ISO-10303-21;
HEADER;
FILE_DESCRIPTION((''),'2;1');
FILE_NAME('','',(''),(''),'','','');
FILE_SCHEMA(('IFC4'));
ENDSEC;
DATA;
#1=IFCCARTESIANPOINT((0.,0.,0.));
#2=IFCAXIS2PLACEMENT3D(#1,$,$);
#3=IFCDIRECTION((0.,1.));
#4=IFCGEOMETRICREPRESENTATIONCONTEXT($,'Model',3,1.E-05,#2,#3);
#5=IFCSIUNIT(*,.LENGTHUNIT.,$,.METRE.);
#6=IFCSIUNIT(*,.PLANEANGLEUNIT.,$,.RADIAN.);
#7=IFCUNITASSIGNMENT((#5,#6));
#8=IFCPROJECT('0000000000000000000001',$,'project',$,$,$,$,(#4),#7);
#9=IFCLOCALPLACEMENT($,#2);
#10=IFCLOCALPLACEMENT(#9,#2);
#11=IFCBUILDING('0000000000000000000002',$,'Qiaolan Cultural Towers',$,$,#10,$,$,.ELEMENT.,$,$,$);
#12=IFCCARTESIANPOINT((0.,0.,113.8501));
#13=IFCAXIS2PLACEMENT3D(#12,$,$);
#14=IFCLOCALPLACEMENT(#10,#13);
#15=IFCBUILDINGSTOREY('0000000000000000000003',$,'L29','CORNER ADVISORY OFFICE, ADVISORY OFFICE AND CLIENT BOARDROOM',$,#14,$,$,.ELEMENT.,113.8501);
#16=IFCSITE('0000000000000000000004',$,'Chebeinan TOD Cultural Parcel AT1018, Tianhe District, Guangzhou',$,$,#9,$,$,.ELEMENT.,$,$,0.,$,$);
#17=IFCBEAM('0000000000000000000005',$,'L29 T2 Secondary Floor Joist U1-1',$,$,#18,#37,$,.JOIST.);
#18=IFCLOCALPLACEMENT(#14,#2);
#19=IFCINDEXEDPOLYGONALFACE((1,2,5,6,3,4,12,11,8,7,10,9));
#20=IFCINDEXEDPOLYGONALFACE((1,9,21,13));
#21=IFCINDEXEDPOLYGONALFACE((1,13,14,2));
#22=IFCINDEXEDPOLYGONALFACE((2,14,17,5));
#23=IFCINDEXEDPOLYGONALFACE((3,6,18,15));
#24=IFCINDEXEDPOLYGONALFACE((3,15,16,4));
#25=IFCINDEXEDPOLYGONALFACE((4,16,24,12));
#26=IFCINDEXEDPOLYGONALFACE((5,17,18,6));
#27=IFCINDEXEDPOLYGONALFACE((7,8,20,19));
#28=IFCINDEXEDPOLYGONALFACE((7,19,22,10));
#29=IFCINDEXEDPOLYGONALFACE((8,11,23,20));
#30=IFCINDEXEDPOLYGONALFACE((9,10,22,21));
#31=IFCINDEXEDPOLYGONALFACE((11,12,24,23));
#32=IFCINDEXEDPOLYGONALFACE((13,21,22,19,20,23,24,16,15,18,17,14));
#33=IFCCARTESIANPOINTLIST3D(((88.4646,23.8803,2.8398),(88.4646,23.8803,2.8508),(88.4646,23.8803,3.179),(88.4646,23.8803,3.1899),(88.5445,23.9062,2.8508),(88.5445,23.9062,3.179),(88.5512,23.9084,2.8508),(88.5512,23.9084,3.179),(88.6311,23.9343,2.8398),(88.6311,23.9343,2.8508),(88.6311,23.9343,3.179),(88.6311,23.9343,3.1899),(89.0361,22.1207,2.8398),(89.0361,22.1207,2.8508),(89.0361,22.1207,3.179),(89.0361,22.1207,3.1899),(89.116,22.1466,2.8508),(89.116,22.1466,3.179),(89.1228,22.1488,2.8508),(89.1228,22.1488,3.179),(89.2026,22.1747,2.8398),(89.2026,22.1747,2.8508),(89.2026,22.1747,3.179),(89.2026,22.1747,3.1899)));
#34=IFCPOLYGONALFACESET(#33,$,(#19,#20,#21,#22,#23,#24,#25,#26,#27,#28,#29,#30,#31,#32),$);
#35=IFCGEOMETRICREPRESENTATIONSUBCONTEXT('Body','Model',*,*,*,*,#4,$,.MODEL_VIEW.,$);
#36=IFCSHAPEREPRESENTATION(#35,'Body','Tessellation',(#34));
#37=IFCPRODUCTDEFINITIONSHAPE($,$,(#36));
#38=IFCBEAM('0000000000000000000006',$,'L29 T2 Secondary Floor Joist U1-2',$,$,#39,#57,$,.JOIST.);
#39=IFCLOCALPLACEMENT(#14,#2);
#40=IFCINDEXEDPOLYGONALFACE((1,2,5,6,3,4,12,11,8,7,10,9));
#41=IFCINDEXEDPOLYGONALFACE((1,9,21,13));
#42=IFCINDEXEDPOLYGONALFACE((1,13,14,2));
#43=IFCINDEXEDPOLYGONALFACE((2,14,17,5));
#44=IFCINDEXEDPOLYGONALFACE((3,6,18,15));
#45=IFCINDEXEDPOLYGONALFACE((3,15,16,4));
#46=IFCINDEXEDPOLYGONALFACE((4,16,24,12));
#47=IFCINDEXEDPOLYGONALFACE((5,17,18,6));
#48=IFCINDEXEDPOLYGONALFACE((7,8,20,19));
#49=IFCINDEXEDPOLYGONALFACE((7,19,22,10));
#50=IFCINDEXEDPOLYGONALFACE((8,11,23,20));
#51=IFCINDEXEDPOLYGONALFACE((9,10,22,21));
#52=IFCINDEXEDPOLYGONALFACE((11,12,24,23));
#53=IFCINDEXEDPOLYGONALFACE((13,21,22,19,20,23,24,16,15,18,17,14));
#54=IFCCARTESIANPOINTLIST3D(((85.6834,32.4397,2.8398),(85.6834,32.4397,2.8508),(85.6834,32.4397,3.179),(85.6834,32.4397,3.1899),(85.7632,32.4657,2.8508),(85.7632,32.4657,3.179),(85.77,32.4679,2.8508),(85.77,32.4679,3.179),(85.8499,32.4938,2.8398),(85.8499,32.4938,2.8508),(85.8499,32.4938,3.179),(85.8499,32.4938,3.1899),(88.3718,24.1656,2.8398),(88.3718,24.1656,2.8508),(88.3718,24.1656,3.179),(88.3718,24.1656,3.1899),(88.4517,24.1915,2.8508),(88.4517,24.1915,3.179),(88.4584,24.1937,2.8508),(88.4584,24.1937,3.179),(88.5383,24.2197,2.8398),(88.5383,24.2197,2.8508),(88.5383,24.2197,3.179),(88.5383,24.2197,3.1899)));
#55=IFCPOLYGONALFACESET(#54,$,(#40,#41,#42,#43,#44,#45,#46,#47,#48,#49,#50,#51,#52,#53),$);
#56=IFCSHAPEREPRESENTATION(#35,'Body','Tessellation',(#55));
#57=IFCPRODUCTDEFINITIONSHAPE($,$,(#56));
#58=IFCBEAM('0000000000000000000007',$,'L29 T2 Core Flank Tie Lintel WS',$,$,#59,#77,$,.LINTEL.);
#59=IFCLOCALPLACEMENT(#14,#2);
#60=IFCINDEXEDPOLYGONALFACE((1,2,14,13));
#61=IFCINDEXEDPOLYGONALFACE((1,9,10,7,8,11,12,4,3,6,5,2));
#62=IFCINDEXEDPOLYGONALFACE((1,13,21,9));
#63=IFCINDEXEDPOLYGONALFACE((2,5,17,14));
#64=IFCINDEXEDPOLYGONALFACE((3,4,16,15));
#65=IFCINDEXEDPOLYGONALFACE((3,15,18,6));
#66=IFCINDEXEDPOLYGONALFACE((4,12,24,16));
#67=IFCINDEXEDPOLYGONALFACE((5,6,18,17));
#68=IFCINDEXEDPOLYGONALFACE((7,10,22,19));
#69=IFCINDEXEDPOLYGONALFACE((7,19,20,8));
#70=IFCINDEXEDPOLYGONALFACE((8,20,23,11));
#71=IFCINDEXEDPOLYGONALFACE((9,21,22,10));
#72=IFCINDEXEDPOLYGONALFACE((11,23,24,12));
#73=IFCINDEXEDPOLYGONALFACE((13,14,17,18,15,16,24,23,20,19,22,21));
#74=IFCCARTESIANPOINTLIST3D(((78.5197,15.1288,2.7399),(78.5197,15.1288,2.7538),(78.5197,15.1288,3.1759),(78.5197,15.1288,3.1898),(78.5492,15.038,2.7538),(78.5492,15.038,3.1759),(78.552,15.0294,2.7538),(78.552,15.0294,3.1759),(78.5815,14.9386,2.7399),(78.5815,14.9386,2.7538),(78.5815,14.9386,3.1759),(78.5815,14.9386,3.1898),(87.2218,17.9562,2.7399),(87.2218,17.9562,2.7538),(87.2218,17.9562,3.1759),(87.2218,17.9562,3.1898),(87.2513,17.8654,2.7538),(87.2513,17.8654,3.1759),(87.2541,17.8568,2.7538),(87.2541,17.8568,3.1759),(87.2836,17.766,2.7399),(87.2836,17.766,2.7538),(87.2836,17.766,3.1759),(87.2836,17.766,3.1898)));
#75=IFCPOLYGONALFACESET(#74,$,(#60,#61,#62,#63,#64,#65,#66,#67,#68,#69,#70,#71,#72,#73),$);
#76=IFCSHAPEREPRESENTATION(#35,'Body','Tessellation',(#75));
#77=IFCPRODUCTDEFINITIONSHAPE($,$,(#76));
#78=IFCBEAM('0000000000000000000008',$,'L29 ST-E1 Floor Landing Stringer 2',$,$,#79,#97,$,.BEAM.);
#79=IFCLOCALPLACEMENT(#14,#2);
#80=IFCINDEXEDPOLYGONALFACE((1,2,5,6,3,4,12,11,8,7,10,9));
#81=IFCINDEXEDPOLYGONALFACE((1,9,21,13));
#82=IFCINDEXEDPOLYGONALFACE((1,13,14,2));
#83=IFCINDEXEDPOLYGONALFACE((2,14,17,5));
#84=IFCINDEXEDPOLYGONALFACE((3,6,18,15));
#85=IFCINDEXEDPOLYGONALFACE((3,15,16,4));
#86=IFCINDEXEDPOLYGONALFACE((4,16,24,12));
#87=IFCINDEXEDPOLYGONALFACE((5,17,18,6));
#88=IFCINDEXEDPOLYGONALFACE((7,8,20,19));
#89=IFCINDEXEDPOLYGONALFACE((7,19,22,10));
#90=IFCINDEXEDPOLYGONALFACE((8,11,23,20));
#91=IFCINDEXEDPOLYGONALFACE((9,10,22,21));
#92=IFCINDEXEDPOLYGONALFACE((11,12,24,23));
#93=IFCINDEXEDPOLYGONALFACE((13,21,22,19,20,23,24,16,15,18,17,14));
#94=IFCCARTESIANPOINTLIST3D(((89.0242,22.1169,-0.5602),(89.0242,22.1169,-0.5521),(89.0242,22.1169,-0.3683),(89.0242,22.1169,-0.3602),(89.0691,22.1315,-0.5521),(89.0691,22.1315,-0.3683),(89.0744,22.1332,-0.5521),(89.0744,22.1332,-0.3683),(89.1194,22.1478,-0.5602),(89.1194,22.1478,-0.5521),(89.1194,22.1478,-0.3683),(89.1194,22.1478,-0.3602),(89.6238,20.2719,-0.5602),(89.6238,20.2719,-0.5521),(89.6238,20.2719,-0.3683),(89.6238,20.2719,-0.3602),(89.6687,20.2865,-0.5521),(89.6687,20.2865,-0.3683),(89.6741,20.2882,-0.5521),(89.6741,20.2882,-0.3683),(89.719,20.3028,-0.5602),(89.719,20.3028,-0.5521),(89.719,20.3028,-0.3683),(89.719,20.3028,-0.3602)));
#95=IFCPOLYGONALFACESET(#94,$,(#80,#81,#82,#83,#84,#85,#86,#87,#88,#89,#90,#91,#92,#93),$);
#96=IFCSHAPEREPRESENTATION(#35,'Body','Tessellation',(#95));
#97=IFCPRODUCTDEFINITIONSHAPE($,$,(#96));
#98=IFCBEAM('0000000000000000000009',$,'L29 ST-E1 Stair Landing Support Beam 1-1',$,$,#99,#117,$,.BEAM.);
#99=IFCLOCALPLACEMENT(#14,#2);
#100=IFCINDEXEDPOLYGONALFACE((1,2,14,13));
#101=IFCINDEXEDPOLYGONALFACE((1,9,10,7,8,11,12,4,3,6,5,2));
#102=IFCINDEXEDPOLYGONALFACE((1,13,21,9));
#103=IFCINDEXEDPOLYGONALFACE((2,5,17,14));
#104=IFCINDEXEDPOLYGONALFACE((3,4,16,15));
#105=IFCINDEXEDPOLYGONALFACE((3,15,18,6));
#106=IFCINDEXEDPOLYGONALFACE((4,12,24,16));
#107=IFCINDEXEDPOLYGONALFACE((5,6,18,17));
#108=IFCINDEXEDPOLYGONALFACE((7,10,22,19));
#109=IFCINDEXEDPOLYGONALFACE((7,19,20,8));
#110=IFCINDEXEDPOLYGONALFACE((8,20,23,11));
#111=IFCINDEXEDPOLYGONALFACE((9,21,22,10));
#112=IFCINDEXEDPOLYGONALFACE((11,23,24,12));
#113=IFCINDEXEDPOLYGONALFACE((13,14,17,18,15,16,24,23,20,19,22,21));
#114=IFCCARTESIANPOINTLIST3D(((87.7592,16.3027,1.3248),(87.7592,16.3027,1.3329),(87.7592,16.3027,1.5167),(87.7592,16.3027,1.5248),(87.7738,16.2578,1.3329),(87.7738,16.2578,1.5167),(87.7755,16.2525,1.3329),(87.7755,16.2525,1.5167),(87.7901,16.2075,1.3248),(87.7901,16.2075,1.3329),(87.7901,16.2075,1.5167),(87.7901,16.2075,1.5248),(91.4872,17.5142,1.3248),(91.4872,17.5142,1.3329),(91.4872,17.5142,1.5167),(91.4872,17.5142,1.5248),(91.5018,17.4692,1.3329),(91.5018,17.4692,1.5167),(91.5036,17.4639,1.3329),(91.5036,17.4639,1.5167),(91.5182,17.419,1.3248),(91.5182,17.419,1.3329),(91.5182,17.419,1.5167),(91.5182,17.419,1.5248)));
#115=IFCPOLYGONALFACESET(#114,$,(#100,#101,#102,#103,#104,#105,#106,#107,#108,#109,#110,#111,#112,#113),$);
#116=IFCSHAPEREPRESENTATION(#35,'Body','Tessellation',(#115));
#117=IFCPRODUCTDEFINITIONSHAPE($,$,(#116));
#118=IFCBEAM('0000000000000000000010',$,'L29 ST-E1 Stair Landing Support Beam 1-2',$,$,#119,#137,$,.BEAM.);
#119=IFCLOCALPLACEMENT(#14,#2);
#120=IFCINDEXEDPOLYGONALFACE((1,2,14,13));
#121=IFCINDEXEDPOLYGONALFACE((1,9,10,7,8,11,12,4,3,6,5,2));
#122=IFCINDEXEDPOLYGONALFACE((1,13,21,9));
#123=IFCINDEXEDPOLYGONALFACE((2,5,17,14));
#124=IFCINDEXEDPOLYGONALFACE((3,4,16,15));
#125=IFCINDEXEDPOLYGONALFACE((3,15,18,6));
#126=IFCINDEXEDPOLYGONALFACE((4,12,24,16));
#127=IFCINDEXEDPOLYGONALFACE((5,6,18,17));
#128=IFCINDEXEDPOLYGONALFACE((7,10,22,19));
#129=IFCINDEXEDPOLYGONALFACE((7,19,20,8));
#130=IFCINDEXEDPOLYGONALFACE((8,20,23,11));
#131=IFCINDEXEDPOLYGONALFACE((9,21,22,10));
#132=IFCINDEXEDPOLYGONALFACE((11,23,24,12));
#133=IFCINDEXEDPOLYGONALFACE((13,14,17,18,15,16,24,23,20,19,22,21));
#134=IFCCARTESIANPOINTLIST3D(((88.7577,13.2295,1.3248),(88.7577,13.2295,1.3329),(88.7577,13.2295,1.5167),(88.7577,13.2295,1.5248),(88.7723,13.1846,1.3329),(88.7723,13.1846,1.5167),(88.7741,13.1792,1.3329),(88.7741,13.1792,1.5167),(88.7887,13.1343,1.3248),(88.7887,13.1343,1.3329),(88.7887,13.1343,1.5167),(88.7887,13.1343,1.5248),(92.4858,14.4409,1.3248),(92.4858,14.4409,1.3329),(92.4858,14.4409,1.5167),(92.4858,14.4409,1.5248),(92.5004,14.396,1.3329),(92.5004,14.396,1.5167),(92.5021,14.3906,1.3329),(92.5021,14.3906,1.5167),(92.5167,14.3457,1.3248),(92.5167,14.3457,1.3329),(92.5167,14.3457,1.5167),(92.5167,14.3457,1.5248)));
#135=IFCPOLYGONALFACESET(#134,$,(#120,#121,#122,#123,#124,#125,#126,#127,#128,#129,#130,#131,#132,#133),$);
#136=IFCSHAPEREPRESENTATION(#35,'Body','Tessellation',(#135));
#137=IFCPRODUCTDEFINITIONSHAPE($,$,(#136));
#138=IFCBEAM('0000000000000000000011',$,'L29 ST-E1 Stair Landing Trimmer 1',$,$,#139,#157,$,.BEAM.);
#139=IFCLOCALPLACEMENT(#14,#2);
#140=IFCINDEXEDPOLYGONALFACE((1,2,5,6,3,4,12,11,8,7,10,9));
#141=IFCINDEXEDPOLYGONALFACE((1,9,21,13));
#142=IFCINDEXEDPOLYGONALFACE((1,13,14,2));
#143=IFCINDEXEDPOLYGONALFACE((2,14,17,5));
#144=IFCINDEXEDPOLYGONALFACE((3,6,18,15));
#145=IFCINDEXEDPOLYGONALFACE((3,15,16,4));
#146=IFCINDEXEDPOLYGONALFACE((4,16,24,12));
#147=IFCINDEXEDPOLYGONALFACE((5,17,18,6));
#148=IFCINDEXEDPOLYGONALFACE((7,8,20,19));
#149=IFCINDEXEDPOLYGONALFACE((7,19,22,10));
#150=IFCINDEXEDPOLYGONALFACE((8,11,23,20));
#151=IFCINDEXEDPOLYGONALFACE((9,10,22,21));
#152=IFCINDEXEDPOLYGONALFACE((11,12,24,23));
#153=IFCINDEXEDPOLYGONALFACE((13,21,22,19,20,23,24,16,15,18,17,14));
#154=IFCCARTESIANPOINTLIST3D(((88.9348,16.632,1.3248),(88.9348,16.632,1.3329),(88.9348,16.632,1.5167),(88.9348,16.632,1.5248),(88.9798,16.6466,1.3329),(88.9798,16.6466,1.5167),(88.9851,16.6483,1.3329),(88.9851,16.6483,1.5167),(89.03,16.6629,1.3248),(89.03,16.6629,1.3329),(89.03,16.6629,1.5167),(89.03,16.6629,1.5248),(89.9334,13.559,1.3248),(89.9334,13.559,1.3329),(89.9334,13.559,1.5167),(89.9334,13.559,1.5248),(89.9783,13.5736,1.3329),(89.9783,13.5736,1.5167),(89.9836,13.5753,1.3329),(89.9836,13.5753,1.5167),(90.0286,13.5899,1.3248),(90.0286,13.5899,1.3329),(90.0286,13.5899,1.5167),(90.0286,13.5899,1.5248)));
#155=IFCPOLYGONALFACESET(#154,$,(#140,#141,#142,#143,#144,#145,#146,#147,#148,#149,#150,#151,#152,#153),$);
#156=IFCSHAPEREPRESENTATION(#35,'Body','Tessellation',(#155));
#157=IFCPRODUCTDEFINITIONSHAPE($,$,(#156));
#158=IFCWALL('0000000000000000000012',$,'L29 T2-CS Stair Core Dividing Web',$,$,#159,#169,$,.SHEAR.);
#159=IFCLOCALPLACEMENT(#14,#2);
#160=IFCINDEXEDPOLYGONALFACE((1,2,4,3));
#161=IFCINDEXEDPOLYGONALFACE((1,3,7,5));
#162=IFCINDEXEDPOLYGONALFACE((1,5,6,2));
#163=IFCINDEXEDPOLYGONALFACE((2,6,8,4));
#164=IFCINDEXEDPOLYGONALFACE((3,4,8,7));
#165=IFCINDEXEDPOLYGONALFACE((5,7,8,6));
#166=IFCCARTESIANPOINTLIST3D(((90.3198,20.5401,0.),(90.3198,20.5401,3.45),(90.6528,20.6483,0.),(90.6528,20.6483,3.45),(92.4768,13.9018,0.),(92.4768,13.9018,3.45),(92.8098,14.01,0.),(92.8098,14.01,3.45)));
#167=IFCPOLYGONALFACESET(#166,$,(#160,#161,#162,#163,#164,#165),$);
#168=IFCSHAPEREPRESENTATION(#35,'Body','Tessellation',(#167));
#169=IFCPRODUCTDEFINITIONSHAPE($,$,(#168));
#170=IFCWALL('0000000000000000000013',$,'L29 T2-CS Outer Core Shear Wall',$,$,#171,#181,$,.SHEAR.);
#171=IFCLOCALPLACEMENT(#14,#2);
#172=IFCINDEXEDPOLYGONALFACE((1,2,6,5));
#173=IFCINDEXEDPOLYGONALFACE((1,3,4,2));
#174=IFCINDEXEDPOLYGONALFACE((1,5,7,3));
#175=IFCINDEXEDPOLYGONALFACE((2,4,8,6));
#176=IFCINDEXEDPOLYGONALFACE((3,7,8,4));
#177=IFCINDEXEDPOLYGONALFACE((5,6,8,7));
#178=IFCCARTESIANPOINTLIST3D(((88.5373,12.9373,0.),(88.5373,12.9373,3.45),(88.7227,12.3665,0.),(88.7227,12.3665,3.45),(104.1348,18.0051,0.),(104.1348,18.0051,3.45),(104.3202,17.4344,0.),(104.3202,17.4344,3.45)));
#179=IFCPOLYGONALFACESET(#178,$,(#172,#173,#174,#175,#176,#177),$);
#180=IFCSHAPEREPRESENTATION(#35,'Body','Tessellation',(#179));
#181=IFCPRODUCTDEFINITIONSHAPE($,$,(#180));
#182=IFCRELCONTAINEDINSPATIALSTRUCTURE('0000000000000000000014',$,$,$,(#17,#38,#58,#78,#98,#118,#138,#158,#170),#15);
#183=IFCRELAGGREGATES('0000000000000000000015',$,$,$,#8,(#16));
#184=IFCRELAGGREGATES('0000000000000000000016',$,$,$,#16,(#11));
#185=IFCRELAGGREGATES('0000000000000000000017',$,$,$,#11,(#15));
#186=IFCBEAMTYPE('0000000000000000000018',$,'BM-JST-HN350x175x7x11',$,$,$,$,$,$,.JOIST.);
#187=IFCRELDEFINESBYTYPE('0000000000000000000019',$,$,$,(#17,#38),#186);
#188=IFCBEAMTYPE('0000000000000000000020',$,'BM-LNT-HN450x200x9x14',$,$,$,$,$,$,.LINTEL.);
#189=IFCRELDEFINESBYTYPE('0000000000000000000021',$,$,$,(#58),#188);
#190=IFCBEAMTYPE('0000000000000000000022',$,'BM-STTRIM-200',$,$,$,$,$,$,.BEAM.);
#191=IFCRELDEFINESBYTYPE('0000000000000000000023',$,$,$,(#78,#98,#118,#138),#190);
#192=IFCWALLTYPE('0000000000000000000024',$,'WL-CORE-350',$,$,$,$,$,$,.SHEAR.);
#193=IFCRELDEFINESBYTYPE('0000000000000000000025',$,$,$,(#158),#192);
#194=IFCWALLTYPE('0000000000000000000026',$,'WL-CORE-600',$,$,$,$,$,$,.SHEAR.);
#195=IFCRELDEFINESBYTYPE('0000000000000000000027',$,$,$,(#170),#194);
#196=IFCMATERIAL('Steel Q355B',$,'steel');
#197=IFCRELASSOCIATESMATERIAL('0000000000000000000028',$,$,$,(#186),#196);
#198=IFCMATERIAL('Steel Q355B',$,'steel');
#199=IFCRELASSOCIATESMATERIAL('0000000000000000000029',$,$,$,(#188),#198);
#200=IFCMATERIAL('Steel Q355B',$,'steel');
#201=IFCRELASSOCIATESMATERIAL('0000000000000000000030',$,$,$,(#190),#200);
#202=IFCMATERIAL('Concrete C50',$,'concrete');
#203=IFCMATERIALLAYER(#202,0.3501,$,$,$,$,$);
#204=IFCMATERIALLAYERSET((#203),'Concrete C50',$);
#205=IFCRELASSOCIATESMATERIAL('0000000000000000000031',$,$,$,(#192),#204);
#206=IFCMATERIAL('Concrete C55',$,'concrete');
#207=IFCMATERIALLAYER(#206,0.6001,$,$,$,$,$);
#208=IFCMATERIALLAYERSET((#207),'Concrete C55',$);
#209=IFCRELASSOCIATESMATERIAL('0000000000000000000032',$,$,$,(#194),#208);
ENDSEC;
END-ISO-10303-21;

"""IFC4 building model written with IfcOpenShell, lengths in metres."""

from ifc_helpers import new_model, si_unit, direction, frame, frame_2d, origin, origin_2d, place, context, subcontext, project, spatial, rectangle, i_section, extrude, material, layer, layer_set, material_profile, profile_set, type_object, element, save


model = new_model("IFC4")

# Units and contexts
model_context = context("Model", 3, precision=1e-05, world=origin(), true_north=direction((0.0, 1.0)))
body_context = subcontext(model_context, "Body", "Model", "MODEL_VIEW")
ifc_project = project(units=[si_unit("LENGTHUNIT", "METRE"), si_unit("PLANEANGLEUNIT", "RADIAN")], contexts=[model_context])

# Site, building, storey
site_placement = place(None, origin())
site = spatial("IfcSite", under=ifc_project, at=site_placement, Name="Chebeinan TOD Cultural Parcel AT1018, Tianhe District, Guangzhou", CompositionType="ELEMENT", RefElevation=0.0)
building_placement = place(site_placement, origin())
building = spatial("IfcBuilding", under=site, at=building_placement, Name="Qiaolan Cultural Towers", CompositionType="ELEMENT")
storey_placement = place(building_placement, frame((0.0, 0.0, 113.8501)))
storey = spatial("IfcBuildingStorey", under=building, at=storey_placement, Name="L29", Description="CORNER ADVISORY OFFICE, ADVISORY OFFICE AND CLIENT BOARDROOM", CompositionType="ELEMENT", Elevation=113.8501)

# Beams
ifc_material_1 = material(Name="Steel Q355B", Category="steel")
ifc_material_profile_1 = material_profile(ifc_material_1, i_section(OverallWidth=0.175, OverallDepth=0.3501, WebThickness=0.0071, FlangeThickness=0.011, at=origin_2d()), Name="HN350x175x7x11")
ifc_profile_set_1 = profile_set([ifc_material_profile_1], Name="Steel Q355B")
beam_type_1 = type_object("IfcBeamType", Name="BM-JST-HN350x175x7x11", PredefinedType="JOIST", material=ifc_profile_set_1)
beam_1_placement = place(storey_placement, frame((89.1194, 22.1477, 3.0149), z_axis=(-0.308934, 0.951084, 0.0), x_axis=(-0.951084, -0.308934, 0.0)))
element("IfcBeam", 1, at=beam_1_placement, inside=storey, type_object=beam_type_1, Name="L29 T2 Secondary Floor Joist U1-1", PredefinedType="JOIST", context=body_context, shape_type="SweptSolid", body=[
    extrude(i_section(OverallWidth=0.175, OverallDepth=0.3501, WebThickness=0.0071, FlangeThickness=0.011, at=origin_2d()), origin(), (0.0, 0.0, 1.0), 1.8501),
])
beam_2_placement = place(storey_placement, frame((88.4551, 24.1926, 3.0149), z_axis=(-0.309021, 0.951055, 0.0), x_axis=(-0.951055, -0.309021, 0.0)))
element("IfcBeam", 2, at=beam_2_placement, inside=storey, type_object=beam_type_1, Name="L29 T2 Secondary Floor Joist U1-2", PredefinedType="JOIST", context=body_context, shape_type="SweptSolid", body=[
    extrude(i_section(OverallWidth=0.175, OverallDepth=0.3501, WebThickness=0.0071, FlangeThickness=0.011, at=origin_2d()), origin(), (0.0, 0.0, 1.0), 8.7),
])
ifc_material_2 = material(Name="Steel Q355B", Category="steel")
ifc_material_profile_2 = material_profile(ifc_material_2, i_section(OverallWidth=0.2, OverallDepth=0.45, WebThickness=0.009, FlangeThickness=0.0139, at=origin_2d()), Name="HN450x200x9x14")
ifc_profile_set_2 = profile_set([ifc_material_profile_2], Name="Steel Q355B")
beam_type_2 = type_object("IfcBeamType", Name="BM-LNT-HN450x200x9x14", PredefinedType="LINTEL", material=ifc_profile_set_2)
beam_3_placement = place(storey_placement, frame((87.2527, 17.8611, 2.9648), z_axis=(-0.95106, -0.309006, 0.0), x_axis=(0.309006, -0.95106, 0.0)))
element("IfcBeam", 3, at=beam_3_placement, inside=storey, type_object=beam_type_2, Name="L29 T2 Core Flank Tie Lintel WS", PredefinedType="LINTEL", context=body_context, shape_type="SweptSolid", body=[
    extrude(i_section(OverallWidth=0.2, OverallDepth=0.45, WebThickness=0.009, FlangeThickness=0.0139, at=origin_2d()), origin(), (0.0, 0.0, 1.0), 9.1499),
])
ifc_material_3 = material(Name="Steel Q355B", Category="steel")
ifc_material_profile_3 = material_profile(ifc_material_3, i_section(OverallWidth=0.1001, OverallDepth=0.2, WebThickness=0.0056, FlangeThickness=0.0081, at=origin_2d()), Name="HN200x100x5.5x8")
ifc_profile_set_3 = profile_set([ifc_material_profile_3], Name="Steel Q355B")
beam_type_3 = type_object("IfcBeamType", Name="BM-STTRIM-200", PredefinedType="BEAM", material=ifc_profile_set_3)
beam_4_placement = place(storey_placement, frame((89.0718, 22.1323, -0.4602), z_axis=(0.309083, -0.951035, 0.0), x_axis=(0.951035, 0.309083, 0.0)))
element("IfcBeam", 4, at=beam_4_placement, inside=storey, type_object=beam_type_3, Name="L29 ST-E1 Floor Landing Stringer 2", PredefinedType="BEAM", context=body_context, shape_type="SweptSolid", body=[
    extrude(i_section(OverallWidth=0.1001, OverallDepth=0.2, WebThickness=0.0056, FlangeThickness=0.0081, at=origin_2d()), origin(), (0.0, 0.0, 1.0), 1.9399),
])
for number, where, z_axis, x_axis, name in (
    (5, (87.7747, 16.2551, 1.4248), (0.951048, 0.309044, 0.0), (-0.309044, 0.951048, 0.0), "L29 ST-E1 Stair Landing Support Beam 1-1"),
    (6, (88.7732, 13.1819, 1.4248), (0.951048, 0.309044, 0.0), (-0.309044, 0.951048, 0.0), "L29 ST-E1 Stair Landing Support Beam 1-2"),
):
    element("IfcBeam", number, at=place(storey_placement, frame(where, z_axis=z_axis, x_axis=x_axis)), inside=storey, type_object=beam_type_3, Name=name, PredefinedType="BEAM", context=body_context, shape_type="SweptSolid", body=[
        extrude(i_section(OverallWidth=0.1001, OverallDepth=0.2, WebThickness=0.0056, FlangeThickness=0.0081, at=origin_2d()), origin(), (0.0, 0.0, 1.0), 3.9199),
    ])
beam_5_placement = place(storey_placement, frame((88.9824, 16.6475, 1.4248), z_axis=(0.309033, -0.951051, 0.0), x_axis=(0.951051, 0.309033, 0.0)))
element("IfcBeam", 7, at=beam_5_placement, inside=storey, type_object=beam_type_3, Name="L29 ST-E1 Stair Landing Trimmer 1", PredefinedType="BEAM", context=body_context, shape_type="SweptSolid", body=[
    extrude(i_section(OverallWidth=0.1001, OverallDepth=0.2, WebThickness=0.0056, FlangeThickness=0.0081, at=origin_2d()), origin(), (0.0, 0.0, 1.0), 3.2312),
])

# Walls
ifc_material_4 = material(Name="Concrete C50", Category="concrete")
ifc_layer_1 = layer(ifc_material_4, 0.3501)
ifc_layer_set_1 = layer_set([ifc_layer_1], Name="Concrete C50")
wall_type_1 = type_object("IfcWallType", Name="WL-CORE-350", PredefinedType="SHEAR", material=ifc_layer_set_1)
wall_1_placement = place(storey_placement, frame((90.4863, 20.5942, 0.0), z_axis=(0.0, 0.0, 1.0), x_axis=(0.30902, -0.951055, 0.0)))
element("IfcWall", 8, at=wall_1_placement, inside=storey, type_object=wall_type_1, Name="L29 T2-CS Stair Core Dividing Web", PredefinedType="SHEAR", context=body_context, shape_type="SweptSolid", body=[
    extrude(rectangle(XDim=6.98, YDim=0.3501, at=frame_2d((3.49, 0.0))), origin(), (0.0, 0.0, 1.0), 3.45),
])
ifc_material_5 = material(Name="Concrete C55", Category="concrete")
ifc_layer_2 = layer(ifc_material_5, 0.6001)
ifc_layer_set_2 = layer_set([ifc_layer_2], Name="Concrete C55")
wall_type_2 = type_object("IfcWallType", Name="WL-CORE-600", PredefinedType="SHEAR", material=ifc_layer_set_2)
wall_2_placement = place(storey_placement, frame((88.6299, 12.6519, 0.0), z_axis=(0.0, 0.0, 1.0), x_axis=(0.951057, 0.309015, 0.0)))
element("IfcWall", 9, at=wall_2_placement, inside=storey, type_object=wall_type_2, Name="L29 T2-CS Outer Core Shear Wall", PredefinedType="SHEAR", context=body_context, shape_type="SweptSolid", body=[
    extrude(rectangle(XDim=16.4001, YDim=0.6001, at=frame_2d((8.2002, 0.0))), origin(), (0.0, 0.0, 1.0), 3.45),
])

save(model, "model.ifc")
